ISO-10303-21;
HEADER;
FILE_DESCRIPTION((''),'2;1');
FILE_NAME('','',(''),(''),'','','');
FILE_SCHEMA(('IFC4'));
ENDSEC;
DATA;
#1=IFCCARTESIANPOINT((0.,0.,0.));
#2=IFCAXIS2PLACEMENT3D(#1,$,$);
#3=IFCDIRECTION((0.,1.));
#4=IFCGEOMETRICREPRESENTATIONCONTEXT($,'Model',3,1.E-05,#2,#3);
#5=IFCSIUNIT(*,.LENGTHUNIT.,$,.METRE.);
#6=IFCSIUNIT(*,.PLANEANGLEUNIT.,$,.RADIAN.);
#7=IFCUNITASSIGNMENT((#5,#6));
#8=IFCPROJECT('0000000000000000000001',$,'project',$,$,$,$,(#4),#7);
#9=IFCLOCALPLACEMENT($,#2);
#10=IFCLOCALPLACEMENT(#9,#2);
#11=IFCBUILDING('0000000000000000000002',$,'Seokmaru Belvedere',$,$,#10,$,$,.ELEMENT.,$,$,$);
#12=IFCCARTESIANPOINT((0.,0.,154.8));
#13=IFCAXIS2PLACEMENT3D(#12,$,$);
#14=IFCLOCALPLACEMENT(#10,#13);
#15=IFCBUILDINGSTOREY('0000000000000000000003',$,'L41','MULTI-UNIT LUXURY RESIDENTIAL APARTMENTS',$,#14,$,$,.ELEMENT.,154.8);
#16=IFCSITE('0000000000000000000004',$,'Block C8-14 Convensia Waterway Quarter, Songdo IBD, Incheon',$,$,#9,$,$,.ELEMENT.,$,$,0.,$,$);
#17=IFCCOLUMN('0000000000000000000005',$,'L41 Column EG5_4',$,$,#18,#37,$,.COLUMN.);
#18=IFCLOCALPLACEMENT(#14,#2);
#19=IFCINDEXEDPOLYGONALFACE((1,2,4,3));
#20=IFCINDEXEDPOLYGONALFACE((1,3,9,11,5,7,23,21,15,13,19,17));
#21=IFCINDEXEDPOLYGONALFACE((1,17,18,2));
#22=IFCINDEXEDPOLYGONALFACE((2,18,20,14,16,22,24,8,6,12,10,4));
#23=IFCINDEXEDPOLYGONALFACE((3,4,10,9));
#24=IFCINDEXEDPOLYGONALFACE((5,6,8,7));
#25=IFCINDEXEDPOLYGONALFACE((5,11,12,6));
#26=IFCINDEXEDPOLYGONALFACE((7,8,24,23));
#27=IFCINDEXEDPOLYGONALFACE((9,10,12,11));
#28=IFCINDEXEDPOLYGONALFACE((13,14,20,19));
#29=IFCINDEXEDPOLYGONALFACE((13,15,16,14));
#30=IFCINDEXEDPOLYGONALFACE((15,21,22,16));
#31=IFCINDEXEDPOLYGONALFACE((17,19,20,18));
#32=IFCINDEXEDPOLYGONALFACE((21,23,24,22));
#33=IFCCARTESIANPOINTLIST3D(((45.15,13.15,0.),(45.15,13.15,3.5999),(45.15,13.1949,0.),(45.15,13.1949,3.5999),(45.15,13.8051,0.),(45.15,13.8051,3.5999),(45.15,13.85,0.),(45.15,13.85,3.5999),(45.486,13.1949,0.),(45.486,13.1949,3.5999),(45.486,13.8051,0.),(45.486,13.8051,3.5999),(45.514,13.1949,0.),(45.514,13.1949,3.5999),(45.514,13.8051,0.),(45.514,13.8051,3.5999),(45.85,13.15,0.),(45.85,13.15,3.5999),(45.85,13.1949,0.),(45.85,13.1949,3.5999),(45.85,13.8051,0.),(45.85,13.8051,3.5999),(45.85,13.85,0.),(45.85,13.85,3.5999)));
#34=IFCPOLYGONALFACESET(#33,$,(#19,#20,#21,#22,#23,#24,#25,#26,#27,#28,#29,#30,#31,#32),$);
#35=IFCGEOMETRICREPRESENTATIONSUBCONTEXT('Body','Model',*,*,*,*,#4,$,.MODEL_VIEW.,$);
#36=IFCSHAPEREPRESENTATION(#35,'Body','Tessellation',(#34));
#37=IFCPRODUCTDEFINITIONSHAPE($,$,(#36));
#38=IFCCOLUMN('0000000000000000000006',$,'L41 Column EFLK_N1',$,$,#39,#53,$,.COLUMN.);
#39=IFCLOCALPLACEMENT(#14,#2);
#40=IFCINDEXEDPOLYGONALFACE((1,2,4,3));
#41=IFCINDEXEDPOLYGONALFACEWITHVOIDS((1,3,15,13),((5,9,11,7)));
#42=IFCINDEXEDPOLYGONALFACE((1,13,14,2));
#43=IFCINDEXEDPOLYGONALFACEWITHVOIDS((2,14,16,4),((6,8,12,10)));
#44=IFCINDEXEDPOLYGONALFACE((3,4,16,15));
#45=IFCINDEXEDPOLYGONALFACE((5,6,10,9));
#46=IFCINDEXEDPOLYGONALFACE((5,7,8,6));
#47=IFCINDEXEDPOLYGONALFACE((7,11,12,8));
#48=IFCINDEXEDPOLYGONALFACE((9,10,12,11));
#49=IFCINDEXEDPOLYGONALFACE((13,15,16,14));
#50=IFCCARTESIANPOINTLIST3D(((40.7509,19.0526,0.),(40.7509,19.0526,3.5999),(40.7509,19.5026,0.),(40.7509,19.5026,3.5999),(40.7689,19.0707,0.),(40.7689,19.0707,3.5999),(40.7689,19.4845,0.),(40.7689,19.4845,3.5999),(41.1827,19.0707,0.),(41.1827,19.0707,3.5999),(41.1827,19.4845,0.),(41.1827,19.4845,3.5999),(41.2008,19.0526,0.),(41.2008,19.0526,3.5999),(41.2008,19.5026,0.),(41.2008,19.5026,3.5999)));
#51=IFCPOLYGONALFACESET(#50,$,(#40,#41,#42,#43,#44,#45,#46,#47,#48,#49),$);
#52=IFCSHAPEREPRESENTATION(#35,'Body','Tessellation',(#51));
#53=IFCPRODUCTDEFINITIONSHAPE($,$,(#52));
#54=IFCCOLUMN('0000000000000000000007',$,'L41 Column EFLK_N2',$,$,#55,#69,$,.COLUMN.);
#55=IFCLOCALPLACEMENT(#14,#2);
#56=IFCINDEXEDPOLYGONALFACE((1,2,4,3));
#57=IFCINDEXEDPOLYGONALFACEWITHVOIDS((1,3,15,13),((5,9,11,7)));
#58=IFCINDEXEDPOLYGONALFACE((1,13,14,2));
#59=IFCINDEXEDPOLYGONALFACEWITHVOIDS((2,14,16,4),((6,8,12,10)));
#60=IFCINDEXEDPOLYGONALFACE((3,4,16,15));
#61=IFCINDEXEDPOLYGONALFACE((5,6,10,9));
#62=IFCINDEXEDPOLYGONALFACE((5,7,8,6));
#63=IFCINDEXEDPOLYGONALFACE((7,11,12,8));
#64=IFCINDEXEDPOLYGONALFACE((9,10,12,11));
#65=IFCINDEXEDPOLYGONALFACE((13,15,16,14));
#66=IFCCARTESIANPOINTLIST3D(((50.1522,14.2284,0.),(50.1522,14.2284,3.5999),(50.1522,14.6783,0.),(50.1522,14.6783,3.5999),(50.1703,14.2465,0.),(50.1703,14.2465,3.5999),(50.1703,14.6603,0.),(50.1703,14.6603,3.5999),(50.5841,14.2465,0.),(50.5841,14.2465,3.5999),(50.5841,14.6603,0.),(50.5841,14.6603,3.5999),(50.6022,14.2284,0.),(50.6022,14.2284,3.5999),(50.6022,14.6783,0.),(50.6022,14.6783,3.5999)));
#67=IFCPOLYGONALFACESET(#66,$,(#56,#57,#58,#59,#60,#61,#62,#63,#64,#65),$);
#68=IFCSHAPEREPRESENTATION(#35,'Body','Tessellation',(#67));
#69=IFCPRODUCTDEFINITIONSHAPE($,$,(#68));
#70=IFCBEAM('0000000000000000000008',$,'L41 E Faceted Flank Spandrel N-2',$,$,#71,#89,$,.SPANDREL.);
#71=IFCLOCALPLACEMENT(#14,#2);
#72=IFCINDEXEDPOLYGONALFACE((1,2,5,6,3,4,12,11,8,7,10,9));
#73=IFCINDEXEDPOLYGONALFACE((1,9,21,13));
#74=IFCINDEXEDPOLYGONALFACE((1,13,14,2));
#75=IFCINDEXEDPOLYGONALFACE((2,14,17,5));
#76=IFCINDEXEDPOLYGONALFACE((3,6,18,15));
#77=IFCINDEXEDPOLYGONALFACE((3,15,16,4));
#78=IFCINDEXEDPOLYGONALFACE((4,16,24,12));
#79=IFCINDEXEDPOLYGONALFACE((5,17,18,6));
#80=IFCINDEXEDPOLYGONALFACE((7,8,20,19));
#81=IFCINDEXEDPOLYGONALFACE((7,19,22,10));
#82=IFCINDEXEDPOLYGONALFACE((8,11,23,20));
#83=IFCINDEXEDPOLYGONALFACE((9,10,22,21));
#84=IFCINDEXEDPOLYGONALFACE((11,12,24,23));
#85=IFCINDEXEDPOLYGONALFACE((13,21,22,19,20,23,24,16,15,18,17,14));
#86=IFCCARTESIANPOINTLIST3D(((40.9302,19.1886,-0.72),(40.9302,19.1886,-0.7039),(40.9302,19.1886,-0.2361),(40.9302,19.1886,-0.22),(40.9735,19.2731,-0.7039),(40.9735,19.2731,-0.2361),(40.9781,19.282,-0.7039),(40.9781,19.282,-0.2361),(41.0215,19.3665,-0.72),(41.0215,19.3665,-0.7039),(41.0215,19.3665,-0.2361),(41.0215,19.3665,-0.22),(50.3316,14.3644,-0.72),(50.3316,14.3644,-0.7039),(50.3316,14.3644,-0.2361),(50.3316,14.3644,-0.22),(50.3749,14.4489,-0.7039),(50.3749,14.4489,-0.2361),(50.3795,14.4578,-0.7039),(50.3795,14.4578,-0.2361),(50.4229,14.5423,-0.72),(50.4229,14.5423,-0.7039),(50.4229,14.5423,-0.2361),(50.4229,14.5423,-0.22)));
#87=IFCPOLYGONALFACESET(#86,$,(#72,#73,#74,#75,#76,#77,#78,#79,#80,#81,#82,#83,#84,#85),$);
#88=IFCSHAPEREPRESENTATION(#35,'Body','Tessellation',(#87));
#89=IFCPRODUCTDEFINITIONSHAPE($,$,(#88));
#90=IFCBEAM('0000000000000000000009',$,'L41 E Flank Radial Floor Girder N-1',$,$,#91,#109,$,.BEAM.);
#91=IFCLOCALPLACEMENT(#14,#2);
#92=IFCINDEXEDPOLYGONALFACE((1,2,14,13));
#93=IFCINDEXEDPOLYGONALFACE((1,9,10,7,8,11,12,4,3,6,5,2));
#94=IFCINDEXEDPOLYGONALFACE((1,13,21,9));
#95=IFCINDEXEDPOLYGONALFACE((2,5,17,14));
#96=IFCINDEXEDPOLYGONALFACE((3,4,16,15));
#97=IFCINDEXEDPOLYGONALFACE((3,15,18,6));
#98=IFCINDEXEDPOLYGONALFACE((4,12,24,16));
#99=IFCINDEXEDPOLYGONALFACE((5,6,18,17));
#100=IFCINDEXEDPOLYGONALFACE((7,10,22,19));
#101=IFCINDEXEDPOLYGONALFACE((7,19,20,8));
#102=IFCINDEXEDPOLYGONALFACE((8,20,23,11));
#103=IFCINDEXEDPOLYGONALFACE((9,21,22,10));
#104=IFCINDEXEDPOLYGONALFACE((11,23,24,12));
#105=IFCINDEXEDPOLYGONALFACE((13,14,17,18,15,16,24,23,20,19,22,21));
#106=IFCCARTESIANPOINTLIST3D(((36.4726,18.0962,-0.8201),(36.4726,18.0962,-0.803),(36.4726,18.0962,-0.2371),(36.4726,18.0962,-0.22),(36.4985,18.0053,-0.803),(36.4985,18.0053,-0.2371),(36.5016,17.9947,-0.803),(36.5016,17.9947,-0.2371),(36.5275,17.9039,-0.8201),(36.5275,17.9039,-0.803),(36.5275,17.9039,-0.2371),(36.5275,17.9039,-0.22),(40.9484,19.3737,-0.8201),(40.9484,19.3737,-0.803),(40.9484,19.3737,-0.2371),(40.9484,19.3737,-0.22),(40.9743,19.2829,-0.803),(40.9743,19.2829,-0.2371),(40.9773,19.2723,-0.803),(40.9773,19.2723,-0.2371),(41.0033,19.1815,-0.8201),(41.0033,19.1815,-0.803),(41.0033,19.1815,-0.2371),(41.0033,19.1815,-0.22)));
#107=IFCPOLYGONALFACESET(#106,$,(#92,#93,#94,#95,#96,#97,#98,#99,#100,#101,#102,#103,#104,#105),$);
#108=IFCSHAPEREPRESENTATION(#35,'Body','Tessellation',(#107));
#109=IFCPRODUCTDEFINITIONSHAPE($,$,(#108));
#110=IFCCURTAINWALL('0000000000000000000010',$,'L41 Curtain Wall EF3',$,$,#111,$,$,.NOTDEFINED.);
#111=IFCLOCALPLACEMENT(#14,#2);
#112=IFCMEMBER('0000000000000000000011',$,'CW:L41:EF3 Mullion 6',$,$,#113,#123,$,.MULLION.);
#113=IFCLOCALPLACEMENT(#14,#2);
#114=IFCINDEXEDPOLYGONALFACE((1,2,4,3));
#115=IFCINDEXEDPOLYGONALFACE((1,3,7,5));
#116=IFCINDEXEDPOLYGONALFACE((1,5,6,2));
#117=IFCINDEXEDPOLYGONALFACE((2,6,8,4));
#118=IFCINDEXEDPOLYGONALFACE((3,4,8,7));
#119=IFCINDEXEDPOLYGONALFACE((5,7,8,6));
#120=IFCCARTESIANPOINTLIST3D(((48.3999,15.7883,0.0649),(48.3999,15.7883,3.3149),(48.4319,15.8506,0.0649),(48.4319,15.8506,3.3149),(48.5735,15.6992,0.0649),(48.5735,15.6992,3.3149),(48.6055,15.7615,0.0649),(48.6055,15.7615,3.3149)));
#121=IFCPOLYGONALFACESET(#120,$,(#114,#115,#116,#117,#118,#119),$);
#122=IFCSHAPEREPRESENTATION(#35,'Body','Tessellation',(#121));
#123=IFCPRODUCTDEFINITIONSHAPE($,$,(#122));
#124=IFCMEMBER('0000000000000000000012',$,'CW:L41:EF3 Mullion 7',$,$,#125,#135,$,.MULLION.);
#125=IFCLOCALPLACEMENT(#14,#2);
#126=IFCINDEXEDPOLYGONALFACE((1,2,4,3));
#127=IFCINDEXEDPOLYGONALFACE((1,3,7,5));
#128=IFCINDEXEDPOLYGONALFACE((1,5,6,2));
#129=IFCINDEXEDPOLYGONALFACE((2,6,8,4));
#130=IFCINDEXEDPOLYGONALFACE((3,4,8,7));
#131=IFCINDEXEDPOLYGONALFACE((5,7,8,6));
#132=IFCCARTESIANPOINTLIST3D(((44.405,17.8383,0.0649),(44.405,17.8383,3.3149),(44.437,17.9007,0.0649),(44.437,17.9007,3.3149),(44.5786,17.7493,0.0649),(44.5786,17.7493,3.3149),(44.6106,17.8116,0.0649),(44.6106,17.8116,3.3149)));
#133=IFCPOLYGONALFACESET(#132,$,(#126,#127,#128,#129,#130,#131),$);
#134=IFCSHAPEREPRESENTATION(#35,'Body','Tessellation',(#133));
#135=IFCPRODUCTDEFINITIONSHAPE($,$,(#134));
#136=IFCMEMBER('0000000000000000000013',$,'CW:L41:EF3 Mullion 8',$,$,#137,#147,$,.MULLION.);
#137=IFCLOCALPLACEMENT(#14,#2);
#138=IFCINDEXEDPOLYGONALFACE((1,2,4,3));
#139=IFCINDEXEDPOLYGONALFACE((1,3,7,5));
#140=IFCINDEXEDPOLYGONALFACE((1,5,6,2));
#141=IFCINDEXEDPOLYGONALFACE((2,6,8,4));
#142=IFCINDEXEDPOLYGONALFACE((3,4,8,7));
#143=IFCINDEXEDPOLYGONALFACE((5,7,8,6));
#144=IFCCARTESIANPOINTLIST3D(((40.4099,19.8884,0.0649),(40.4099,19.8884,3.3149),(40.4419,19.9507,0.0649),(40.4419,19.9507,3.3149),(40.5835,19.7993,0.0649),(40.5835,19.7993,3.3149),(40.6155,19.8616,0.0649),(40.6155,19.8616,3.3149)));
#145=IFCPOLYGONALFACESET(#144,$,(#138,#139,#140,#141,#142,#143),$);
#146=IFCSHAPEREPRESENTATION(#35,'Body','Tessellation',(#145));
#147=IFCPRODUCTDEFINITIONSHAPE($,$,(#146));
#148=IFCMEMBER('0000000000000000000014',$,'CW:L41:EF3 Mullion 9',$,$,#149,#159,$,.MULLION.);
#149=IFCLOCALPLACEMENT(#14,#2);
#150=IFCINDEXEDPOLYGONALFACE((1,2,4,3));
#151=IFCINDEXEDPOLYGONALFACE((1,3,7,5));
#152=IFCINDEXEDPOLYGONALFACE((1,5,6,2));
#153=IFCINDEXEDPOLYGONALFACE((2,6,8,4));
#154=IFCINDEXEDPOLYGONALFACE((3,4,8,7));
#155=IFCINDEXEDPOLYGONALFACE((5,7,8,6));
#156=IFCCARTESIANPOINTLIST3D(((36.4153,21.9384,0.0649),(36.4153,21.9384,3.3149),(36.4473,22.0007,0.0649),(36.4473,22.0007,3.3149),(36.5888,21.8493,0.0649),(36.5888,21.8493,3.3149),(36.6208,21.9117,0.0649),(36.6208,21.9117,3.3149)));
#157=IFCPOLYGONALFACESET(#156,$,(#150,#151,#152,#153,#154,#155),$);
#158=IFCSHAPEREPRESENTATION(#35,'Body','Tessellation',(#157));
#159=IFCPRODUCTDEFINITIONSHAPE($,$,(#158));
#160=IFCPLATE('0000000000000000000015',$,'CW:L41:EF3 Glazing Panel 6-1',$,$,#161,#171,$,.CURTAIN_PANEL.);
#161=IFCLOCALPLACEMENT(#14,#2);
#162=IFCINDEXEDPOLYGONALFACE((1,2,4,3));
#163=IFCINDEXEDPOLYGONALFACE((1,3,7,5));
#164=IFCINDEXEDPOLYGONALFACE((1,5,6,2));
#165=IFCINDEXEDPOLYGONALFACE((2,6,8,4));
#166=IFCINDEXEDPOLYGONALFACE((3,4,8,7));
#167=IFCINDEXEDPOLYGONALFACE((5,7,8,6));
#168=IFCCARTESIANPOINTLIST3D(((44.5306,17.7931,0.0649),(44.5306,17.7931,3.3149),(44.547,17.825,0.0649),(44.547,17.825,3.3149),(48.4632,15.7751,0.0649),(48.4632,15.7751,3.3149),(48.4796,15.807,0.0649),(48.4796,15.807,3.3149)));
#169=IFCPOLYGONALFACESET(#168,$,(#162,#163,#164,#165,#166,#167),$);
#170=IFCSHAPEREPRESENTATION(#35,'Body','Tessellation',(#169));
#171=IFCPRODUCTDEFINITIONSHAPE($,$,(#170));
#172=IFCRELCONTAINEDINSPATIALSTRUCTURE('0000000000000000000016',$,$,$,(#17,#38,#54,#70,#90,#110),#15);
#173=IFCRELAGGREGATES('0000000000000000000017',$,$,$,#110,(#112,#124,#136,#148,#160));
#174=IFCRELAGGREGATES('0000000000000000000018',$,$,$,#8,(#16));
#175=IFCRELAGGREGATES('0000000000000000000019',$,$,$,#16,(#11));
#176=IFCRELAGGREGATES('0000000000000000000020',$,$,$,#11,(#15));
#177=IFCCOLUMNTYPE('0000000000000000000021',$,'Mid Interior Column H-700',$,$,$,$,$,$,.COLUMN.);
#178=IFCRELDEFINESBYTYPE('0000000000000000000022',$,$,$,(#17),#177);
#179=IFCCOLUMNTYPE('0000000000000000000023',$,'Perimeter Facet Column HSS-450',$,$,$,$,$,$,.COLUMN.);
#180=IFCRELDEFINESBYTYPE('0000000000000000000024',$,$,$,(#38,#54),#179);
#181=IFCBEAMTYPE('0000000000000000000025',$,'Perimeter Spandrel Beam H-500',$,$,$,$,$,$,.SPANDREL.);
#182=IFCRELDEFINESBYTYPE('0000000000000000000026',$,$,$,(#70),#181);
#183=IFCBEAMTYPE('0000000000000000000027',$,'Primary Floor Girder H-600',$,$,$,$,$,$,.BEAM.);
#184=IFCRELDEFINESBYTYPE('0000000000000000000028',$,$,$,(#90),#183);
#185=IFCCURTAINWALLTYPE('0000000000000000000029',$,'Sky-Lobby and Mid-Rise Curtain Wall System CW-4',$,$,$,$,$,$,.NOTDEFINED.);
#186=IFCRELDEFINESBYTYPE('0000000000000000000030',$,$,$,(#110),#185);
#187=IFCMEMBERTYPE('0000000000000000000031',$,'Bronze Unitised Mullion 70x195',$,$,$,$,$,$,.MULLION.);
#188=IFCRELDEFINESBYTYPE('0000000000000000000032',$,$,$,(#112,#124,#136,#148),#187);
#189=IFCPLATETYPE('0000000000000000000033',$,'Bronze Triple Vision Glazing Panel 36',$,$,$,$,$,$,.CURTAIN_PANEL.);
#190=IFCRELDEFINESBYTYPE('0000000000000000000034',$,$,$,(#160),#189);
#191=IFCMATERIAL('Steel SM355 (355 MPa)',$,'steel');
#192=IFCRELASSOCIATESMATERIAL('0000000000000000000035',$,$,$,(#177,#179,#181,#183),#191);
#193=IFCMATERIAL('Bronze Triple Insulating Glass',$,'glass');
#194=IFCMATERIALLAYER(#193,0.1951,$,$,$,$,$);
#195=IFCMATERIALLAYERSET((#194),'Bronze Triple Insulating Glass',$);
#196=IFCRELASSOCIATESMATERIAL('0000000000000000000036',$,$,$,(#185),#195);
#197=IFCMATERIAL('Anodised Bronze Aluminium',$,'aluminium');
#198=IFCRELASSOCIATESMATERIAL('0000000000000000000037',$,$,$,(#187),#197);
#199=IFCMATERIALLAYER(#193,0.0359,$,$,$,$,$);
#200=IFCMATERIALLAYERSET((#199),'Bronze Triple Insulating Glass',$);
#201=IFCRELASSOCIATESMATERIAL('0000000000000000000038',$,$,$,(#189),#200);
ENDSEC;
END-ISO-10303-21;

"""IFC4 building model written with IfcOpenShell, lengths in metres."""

from ifc_helpers import new_model, si_unit, direction, frame, origin, origin_2d, place, context, subcontext, project, spatial, rectangle, hollow_rectangle, i_section, extrude, source, transform, mapped, material, layer, layer_set, material_profile, profile_set, type_object, type_shapes, element, aggregate, save


model = new_model("IFC4")

# Units and contexts
model_context = context("Model", 3, precision=1e-05, world=origin(), true_north=direction((0.0, 1.0)))
body_context = subcontext(model_context, "Body", "Model", "MODEL_VIEW")
ifc_project = project(units=[si_unit("LENGTHUNIT", "METRE"), si_unit("PLANEANGLEUNIT", "RADIAN")], contexts=[model_context])

# Site, building, storey
site_placement = place(None, origin())
site = spatial("IfcSite", under=ifc_project, at=site_placement, Name="Block C8-14 Convensia Waterway Quarter, Songdo IBD, Incheon", CompositionType="ELEMENT", RefElevation=0.0)
building_placement = place(site_placement, origin())
building = spatial("IfcBuilding", under=site, at=building_placement, Name="Seokmaru Belvedere", CompositionType="ELEMENT")
storey_placement = place(building_placement, frame((0.0, 0.0, 154.8)))
storey = spatial("IfcBuildingStorey", under=building, at=storey_placement, Name="L41", Description="MULTI-UNIT LUXURY RESIDENTIAL APARTMENTS", CompositionType="ELEMENT", Elevation=154.8)

# Columns
ifc_material_1 = material(Name="Steel SM355 (355 MPa)", Category="steel")
ifc_material_profile_1 = material_profile(ifc_material_1, i_section(OverallWidth=0.7, OverallDepth=0.7, WebThickness=0.0281, FlangeThickness=0.0449, at=origin_2d()), Name="H-700x700x28x45")
ifc_profile_set_1 = profile_set([ifc_material_profile_1], Name="Steel SM355 (355 MPa)")
column_type_1 = type_object("IfcColumnType", Name="Mid Interior Column H-700", PredefinedType="COLUMN", material=ifc_profile_set_1)
shared_shape_1 = source(origin(), body_context, "Body", "SweptSolid", [
    extrude(i_section(OverallWidth=0.7, OverallDepth=0.7, WebThickness=0.0281, FlangeThickness=0.0449, at=origin_2d()), origin(), (0.0, 0.0, 1.0), 3.5999),
])
type_shapes(column_type_1, [shared_shape_1])
column_placement = place(storey_placement, frame((45.5, 13.5, 0.0), z_axis=(0.0, 0.0, 1.0), x_axis=(1.0, 0.0, 0.0)))
element("IfcColumn", 1, at=column_placement, inside=storey, type_object=column_type_1, Name="L41 Column EG5_4", PredefinedType="COLUMN", context=body_context, shape_type="MappedRepresentation", body=[
    mapped(shared_shape_1, transform((0.0, 0.0, 0.0), scale=1.0)),
])
ifc_material_profile_2 = material_profile(ifc_material_1, hollow_rectangle(XDim=0.45, YDim=0.45, WallThickness=0.0181, at=origin_2d()), Name="HSS-450x450x18")
ifc_profile_set_2 = profile_set([ifc_material_profile_2], Name="Steel SM355 (355 MPa)")
column_type_2 = type_object("IfcColumnType", Name="Perimeter Facet Column HSS-450", PredefinedType="COLUMN", material=ifc_profile_set_2)
shared_shape_2 = source(origin(), body_context, "Body", "SweptSolid", [
    extrude(hollow_rectangle(XDim=0.45, YDim=0.45, WallThickness=0.0181, at=origin_2d()), origin(), (0.0, 0.0, 1.0), 3.5999),
])
type_shapes(column_type_2, [shared_shape_2])
for number, where, z_axis, x_axis, name in (
    (2, (40.9758, 19.2776, 0.0), (0.0, 0.0, 1.0), (1.0, 0.0, 0.0), "L41 Column EFLK_N1"),
    (3, (50.3772, 14.4534, 0.0), (0.0, 0.0, 1.0), (1.0, 0.0, 0.0), "L41 Column EFLK_N2"),
):
    element("IfcColumn", number, at=place(storey_placement, frame(where, z_axis=z_axis, x_axis=x_axis)), inside=storey, type_object=column_type_2, Name=name, PredefinedType="COLUMN", context=body_context, shape_type="MappedRepresentation", body=[
        mapped(shared_shape_2, transform((0.0, 0.0, 0.0), scale=1.0)),
    ])

# Beams
ifc_material_profile_3 = material_profile(ifc_material_1, i_section(OverallWidth=0.2, OverallDepth=0.5, WebThickness=0.01, FlangeThickness=0.0161, at=origin_2d()), Name="H-500x200x10x16")
ifc_profile_set_3 = profile_set([ifc_material_profile_3], Name="Steel SM355 (355 MPa)")
beam_type_1 = type_object("IfcBeamType", Name="Perimeter Spandrel Beam H-500", PredefinedType="SPANDREL", material=ifc_profile_set_3)
shared_shape_3 = source(origin(), body_context, "Body", "SweptSolid", [
    extrude(i_section(OverallWidth=0.2, OverallDepth=0.5, WebThickness=0.01, FlangeThickness=0.0161, at=origin_2d()), origin(), (0.0, 0.0, 1.0), 10.5669),
])
type_shapes(beam_type_1, [shared_shape_3])
beam_1_placement = place(storey_placement, frame((40.9758, 19.2776, -0.47), z_axis=(0.889702, -0.456542, 0.0), x_axis=(0.456542, 0.889702, 0.0)))
element("IfcBeam", 4, at=beam_1_placement, inside=storey, type_object=beam_type_1, Name="L41 E Faceted Flank Spandrel N-2", PredefinedType="SPANDREL", context=body_context, shape_type="MappedRepresentation", body=[
    mapped(shared_shape_3, transform((0.0, 0.0, 0.0), scale=1.0)),
])
ifc_material_profile_4 = material_profile(ifc_material_1, i_section(OverallWidth=0.2, OverallDepth=0.6001, WebThickness=0.011, FlangeThickness=0.0171, at=origin_2d()), Name="H-600x200x11x17")
ifc_profile_set_4 = profile_set([ifc_material_profile_4], Name="Steel SM355 (355 MPa)")
beam_type_2 = type_object("IfcBeamType", Name="Primary Floor Girder H-600", PredefinedType="BEAM", material=ifc_profile_set_4)
shared_shape_4 = source(origin(), body_context, "Body", "SweptSolid", [
    extrude(i_section(OverallWidth=0.2, OverallDepth=0.6001, WebThickness=0.011, FlangeThickness=0.0171, at=origin_2d()), origin(), (0.0, 0.0, 1.0), 4.6545),
])
type_shapes(beam_type_2, [shared_shape_4])
beam_2_placement = place(storey_placement, frame((40.9758, 19.2776, -0.52), z_axis=(-0.961593, -0.274479, 0.0), x_axis=(0.274479, -0.961593, 0.0)))
element("IfcBeam", 5, at=beam_2_placement, inside=storey, type_object=beam_type_2, Name="L41 E Flank Radial Floor Girder N-1", PredefinedType="BEAM", context=body_context, shape_type="MappedRepresentation", body=[
    mapped(shared_shape_4, transform((0.0, 0.0, 0.0), scale=1.0)),
])

# Curtain wall, members, plate
ifc_material_2 = material(Name="Bronze Triple Insulating Glass", Category="glass")
ifc_layer_1 = layer(ifc_material_2, 0.1951)
ifc_layer_set_1 = layer_set([ifc_layer_1], Name="Bronze Triple Insulating Glass")
curtain_wall_type = type_object("IfcCurtainWallType", Name="Sky-Lobby and Mid-Rise Curtain Wall System CW-4", PredefinedType="NOTDEFINED", material=ifc_layer_set_1)
curtain_wall_placement = place(storey_placement, origin())
curtain_wall = element("IfcCurtainWall", 6, at=curtain_wall_placement, inside=storey, type_object=curtain_wall_type, Name="L41 Curtain Wall EF3", PredefinedType="NOTDEFINED")
ifc_material_3 = material(Name="Anodised Bronze Aluminium", Category="aluminium")
ifc_material_profile_5 = material_profile(ifc_material_3, rectangle(XDim=0.0701, YDim=0.1951, at=origin_2d()), Name="CW-M-70x195")
ifc_profile_set_5 = profile_set([ifc_material_profile_5], Name="Anodised Bronze Aluminium")
member_type = type_object("IfcMemberType", Name="Bronze Unitised Mullion 70x195", PredefinedType="MULLION", material=ifc_profile_set_5)
shared_shape_5 = source(origin(), body_context, "Body", "SweptSolid", [
    extrude(rectangle(XDim=0.0701, YDim=0.1951, at=origin_2d()), origin(), (0.0, 0.0, 1.0), 3.25),
])
type_shapes(member_type, [shared_shape_5])
member_1_placement = place(storey_placement, frame((48.5027, 15.7749, 0.0649), z_axis=(0.0, 0.0, 1.0), x_axis=(-0.456555, -0.889695, 0.0)))
member_1 = element("IfcMember", 7, at=member_1_placement, type_object=member_type, Name="CW:L41:EF3 Mullion 6", PredefinedType="MULLION", context=body_context, shape_type="MappedRepresentation", body=[
    mapped(shared_shape_5, transform((0.0, 0.0, 0.0), scale=1.0)),
])
member_2_placement = place(storey_placement, frame((44.5078, 17.825, 0.0649), z_axis=(0.0, 0.0, 1.0), x_axis=(-0.456555, -0.889695, 0.0)))
member_2 = element("IfcMember", 8, at=member_2_placement, type_object=member_type, Name="CW:L41:EF3 Mullion 7", PredefinedType="MULLION", context=body_context, shape_type="MappedRepresentation", body=[
    mapped(shared_shape_5, transform((0.0, 0.0, 0.0), scale=1.0)),
])
member_3_placement = place(storey_placement, frame((40.5127, 19.875, 0.0649), z_axis=(0.0, 0.0, 1.0), x_axis=(-0.456555, -0.889695, 0.0)))
member_3 = element("IfcMember", 9, at=member_3_placement, type_object=member_type, Name="CW:L41:EF3 Mullion 8", PredefinedType="MULLION", context=body_context, shape_type="MappedRepresentation", body=[
    mapped(shared_shape_5, transform((0.0, 0.0, 0.0), scale=1.0)),
])
member_4_placement = place(storey_placement, frame((36.5181, 21.925, 0.0649), z_axis=(0.0, 0.0, 1.0), x_axis=(-0.456555, -0.889695, 0.0)))
member_4 = element("IfcMember", 10, at=member_4_placement, type_object=member_type, Name="CW:L41:EF3 Mullion 9", PredefinedType="MULLION", context=body_context, shape_type="MappedRepresentation", body=[
    mapped(shared_shape_5, transform((0.0, 0.0, 0.0), scale=1.0)),
])
ifc_layer_2 = layer(ifc_material_2, 0.0359)
ifc_layer_set_2 = layer_set([ifc_layer_2], Name="Bronze Triple Insulating Glass")
plate_type = type_object("IfcPlateType", Name="Bronze Triple Vision Glazing Panel 36", PredefinedType="CURTAIN_PANEL", material=ifc_layer_set_2)
shared_shape_6 = source(origin(), body_context, "Body", "SweptSolid", [
    extrude(rectangle(XDim=4.4202, YDim=0.0359, at=origin_2d()), origin(), (0.0, 0.0, 1.0), 3.25),
])
type_shapes(plate_type, [shared_shape_6])
plate_1_placement = place(storey_placement, frame((46.5051, 16.8, 0.0649), z_axis=(0.0, 0.0, 1.0), x_axis=(-0.889695, 0.456555, 0.0)))
plate_1 = element("IfcPlate", 11, at=plate_1_placement, type_object=plate_type, Name="CW:L41:EF3 Glazing Panel 6-1", PredefinedType="CURTAIN_PANEL", context=body_context, shape_type="MappedRepresentation", body=[
    mapped(shared_shape_6, transform((0.0, 0.0, 0.0), scale=1.0)),
])
aggregate(curtain_wall, [member_1, member_2, member_3, member_4, plate_1])

save(model, "model.ifc")
